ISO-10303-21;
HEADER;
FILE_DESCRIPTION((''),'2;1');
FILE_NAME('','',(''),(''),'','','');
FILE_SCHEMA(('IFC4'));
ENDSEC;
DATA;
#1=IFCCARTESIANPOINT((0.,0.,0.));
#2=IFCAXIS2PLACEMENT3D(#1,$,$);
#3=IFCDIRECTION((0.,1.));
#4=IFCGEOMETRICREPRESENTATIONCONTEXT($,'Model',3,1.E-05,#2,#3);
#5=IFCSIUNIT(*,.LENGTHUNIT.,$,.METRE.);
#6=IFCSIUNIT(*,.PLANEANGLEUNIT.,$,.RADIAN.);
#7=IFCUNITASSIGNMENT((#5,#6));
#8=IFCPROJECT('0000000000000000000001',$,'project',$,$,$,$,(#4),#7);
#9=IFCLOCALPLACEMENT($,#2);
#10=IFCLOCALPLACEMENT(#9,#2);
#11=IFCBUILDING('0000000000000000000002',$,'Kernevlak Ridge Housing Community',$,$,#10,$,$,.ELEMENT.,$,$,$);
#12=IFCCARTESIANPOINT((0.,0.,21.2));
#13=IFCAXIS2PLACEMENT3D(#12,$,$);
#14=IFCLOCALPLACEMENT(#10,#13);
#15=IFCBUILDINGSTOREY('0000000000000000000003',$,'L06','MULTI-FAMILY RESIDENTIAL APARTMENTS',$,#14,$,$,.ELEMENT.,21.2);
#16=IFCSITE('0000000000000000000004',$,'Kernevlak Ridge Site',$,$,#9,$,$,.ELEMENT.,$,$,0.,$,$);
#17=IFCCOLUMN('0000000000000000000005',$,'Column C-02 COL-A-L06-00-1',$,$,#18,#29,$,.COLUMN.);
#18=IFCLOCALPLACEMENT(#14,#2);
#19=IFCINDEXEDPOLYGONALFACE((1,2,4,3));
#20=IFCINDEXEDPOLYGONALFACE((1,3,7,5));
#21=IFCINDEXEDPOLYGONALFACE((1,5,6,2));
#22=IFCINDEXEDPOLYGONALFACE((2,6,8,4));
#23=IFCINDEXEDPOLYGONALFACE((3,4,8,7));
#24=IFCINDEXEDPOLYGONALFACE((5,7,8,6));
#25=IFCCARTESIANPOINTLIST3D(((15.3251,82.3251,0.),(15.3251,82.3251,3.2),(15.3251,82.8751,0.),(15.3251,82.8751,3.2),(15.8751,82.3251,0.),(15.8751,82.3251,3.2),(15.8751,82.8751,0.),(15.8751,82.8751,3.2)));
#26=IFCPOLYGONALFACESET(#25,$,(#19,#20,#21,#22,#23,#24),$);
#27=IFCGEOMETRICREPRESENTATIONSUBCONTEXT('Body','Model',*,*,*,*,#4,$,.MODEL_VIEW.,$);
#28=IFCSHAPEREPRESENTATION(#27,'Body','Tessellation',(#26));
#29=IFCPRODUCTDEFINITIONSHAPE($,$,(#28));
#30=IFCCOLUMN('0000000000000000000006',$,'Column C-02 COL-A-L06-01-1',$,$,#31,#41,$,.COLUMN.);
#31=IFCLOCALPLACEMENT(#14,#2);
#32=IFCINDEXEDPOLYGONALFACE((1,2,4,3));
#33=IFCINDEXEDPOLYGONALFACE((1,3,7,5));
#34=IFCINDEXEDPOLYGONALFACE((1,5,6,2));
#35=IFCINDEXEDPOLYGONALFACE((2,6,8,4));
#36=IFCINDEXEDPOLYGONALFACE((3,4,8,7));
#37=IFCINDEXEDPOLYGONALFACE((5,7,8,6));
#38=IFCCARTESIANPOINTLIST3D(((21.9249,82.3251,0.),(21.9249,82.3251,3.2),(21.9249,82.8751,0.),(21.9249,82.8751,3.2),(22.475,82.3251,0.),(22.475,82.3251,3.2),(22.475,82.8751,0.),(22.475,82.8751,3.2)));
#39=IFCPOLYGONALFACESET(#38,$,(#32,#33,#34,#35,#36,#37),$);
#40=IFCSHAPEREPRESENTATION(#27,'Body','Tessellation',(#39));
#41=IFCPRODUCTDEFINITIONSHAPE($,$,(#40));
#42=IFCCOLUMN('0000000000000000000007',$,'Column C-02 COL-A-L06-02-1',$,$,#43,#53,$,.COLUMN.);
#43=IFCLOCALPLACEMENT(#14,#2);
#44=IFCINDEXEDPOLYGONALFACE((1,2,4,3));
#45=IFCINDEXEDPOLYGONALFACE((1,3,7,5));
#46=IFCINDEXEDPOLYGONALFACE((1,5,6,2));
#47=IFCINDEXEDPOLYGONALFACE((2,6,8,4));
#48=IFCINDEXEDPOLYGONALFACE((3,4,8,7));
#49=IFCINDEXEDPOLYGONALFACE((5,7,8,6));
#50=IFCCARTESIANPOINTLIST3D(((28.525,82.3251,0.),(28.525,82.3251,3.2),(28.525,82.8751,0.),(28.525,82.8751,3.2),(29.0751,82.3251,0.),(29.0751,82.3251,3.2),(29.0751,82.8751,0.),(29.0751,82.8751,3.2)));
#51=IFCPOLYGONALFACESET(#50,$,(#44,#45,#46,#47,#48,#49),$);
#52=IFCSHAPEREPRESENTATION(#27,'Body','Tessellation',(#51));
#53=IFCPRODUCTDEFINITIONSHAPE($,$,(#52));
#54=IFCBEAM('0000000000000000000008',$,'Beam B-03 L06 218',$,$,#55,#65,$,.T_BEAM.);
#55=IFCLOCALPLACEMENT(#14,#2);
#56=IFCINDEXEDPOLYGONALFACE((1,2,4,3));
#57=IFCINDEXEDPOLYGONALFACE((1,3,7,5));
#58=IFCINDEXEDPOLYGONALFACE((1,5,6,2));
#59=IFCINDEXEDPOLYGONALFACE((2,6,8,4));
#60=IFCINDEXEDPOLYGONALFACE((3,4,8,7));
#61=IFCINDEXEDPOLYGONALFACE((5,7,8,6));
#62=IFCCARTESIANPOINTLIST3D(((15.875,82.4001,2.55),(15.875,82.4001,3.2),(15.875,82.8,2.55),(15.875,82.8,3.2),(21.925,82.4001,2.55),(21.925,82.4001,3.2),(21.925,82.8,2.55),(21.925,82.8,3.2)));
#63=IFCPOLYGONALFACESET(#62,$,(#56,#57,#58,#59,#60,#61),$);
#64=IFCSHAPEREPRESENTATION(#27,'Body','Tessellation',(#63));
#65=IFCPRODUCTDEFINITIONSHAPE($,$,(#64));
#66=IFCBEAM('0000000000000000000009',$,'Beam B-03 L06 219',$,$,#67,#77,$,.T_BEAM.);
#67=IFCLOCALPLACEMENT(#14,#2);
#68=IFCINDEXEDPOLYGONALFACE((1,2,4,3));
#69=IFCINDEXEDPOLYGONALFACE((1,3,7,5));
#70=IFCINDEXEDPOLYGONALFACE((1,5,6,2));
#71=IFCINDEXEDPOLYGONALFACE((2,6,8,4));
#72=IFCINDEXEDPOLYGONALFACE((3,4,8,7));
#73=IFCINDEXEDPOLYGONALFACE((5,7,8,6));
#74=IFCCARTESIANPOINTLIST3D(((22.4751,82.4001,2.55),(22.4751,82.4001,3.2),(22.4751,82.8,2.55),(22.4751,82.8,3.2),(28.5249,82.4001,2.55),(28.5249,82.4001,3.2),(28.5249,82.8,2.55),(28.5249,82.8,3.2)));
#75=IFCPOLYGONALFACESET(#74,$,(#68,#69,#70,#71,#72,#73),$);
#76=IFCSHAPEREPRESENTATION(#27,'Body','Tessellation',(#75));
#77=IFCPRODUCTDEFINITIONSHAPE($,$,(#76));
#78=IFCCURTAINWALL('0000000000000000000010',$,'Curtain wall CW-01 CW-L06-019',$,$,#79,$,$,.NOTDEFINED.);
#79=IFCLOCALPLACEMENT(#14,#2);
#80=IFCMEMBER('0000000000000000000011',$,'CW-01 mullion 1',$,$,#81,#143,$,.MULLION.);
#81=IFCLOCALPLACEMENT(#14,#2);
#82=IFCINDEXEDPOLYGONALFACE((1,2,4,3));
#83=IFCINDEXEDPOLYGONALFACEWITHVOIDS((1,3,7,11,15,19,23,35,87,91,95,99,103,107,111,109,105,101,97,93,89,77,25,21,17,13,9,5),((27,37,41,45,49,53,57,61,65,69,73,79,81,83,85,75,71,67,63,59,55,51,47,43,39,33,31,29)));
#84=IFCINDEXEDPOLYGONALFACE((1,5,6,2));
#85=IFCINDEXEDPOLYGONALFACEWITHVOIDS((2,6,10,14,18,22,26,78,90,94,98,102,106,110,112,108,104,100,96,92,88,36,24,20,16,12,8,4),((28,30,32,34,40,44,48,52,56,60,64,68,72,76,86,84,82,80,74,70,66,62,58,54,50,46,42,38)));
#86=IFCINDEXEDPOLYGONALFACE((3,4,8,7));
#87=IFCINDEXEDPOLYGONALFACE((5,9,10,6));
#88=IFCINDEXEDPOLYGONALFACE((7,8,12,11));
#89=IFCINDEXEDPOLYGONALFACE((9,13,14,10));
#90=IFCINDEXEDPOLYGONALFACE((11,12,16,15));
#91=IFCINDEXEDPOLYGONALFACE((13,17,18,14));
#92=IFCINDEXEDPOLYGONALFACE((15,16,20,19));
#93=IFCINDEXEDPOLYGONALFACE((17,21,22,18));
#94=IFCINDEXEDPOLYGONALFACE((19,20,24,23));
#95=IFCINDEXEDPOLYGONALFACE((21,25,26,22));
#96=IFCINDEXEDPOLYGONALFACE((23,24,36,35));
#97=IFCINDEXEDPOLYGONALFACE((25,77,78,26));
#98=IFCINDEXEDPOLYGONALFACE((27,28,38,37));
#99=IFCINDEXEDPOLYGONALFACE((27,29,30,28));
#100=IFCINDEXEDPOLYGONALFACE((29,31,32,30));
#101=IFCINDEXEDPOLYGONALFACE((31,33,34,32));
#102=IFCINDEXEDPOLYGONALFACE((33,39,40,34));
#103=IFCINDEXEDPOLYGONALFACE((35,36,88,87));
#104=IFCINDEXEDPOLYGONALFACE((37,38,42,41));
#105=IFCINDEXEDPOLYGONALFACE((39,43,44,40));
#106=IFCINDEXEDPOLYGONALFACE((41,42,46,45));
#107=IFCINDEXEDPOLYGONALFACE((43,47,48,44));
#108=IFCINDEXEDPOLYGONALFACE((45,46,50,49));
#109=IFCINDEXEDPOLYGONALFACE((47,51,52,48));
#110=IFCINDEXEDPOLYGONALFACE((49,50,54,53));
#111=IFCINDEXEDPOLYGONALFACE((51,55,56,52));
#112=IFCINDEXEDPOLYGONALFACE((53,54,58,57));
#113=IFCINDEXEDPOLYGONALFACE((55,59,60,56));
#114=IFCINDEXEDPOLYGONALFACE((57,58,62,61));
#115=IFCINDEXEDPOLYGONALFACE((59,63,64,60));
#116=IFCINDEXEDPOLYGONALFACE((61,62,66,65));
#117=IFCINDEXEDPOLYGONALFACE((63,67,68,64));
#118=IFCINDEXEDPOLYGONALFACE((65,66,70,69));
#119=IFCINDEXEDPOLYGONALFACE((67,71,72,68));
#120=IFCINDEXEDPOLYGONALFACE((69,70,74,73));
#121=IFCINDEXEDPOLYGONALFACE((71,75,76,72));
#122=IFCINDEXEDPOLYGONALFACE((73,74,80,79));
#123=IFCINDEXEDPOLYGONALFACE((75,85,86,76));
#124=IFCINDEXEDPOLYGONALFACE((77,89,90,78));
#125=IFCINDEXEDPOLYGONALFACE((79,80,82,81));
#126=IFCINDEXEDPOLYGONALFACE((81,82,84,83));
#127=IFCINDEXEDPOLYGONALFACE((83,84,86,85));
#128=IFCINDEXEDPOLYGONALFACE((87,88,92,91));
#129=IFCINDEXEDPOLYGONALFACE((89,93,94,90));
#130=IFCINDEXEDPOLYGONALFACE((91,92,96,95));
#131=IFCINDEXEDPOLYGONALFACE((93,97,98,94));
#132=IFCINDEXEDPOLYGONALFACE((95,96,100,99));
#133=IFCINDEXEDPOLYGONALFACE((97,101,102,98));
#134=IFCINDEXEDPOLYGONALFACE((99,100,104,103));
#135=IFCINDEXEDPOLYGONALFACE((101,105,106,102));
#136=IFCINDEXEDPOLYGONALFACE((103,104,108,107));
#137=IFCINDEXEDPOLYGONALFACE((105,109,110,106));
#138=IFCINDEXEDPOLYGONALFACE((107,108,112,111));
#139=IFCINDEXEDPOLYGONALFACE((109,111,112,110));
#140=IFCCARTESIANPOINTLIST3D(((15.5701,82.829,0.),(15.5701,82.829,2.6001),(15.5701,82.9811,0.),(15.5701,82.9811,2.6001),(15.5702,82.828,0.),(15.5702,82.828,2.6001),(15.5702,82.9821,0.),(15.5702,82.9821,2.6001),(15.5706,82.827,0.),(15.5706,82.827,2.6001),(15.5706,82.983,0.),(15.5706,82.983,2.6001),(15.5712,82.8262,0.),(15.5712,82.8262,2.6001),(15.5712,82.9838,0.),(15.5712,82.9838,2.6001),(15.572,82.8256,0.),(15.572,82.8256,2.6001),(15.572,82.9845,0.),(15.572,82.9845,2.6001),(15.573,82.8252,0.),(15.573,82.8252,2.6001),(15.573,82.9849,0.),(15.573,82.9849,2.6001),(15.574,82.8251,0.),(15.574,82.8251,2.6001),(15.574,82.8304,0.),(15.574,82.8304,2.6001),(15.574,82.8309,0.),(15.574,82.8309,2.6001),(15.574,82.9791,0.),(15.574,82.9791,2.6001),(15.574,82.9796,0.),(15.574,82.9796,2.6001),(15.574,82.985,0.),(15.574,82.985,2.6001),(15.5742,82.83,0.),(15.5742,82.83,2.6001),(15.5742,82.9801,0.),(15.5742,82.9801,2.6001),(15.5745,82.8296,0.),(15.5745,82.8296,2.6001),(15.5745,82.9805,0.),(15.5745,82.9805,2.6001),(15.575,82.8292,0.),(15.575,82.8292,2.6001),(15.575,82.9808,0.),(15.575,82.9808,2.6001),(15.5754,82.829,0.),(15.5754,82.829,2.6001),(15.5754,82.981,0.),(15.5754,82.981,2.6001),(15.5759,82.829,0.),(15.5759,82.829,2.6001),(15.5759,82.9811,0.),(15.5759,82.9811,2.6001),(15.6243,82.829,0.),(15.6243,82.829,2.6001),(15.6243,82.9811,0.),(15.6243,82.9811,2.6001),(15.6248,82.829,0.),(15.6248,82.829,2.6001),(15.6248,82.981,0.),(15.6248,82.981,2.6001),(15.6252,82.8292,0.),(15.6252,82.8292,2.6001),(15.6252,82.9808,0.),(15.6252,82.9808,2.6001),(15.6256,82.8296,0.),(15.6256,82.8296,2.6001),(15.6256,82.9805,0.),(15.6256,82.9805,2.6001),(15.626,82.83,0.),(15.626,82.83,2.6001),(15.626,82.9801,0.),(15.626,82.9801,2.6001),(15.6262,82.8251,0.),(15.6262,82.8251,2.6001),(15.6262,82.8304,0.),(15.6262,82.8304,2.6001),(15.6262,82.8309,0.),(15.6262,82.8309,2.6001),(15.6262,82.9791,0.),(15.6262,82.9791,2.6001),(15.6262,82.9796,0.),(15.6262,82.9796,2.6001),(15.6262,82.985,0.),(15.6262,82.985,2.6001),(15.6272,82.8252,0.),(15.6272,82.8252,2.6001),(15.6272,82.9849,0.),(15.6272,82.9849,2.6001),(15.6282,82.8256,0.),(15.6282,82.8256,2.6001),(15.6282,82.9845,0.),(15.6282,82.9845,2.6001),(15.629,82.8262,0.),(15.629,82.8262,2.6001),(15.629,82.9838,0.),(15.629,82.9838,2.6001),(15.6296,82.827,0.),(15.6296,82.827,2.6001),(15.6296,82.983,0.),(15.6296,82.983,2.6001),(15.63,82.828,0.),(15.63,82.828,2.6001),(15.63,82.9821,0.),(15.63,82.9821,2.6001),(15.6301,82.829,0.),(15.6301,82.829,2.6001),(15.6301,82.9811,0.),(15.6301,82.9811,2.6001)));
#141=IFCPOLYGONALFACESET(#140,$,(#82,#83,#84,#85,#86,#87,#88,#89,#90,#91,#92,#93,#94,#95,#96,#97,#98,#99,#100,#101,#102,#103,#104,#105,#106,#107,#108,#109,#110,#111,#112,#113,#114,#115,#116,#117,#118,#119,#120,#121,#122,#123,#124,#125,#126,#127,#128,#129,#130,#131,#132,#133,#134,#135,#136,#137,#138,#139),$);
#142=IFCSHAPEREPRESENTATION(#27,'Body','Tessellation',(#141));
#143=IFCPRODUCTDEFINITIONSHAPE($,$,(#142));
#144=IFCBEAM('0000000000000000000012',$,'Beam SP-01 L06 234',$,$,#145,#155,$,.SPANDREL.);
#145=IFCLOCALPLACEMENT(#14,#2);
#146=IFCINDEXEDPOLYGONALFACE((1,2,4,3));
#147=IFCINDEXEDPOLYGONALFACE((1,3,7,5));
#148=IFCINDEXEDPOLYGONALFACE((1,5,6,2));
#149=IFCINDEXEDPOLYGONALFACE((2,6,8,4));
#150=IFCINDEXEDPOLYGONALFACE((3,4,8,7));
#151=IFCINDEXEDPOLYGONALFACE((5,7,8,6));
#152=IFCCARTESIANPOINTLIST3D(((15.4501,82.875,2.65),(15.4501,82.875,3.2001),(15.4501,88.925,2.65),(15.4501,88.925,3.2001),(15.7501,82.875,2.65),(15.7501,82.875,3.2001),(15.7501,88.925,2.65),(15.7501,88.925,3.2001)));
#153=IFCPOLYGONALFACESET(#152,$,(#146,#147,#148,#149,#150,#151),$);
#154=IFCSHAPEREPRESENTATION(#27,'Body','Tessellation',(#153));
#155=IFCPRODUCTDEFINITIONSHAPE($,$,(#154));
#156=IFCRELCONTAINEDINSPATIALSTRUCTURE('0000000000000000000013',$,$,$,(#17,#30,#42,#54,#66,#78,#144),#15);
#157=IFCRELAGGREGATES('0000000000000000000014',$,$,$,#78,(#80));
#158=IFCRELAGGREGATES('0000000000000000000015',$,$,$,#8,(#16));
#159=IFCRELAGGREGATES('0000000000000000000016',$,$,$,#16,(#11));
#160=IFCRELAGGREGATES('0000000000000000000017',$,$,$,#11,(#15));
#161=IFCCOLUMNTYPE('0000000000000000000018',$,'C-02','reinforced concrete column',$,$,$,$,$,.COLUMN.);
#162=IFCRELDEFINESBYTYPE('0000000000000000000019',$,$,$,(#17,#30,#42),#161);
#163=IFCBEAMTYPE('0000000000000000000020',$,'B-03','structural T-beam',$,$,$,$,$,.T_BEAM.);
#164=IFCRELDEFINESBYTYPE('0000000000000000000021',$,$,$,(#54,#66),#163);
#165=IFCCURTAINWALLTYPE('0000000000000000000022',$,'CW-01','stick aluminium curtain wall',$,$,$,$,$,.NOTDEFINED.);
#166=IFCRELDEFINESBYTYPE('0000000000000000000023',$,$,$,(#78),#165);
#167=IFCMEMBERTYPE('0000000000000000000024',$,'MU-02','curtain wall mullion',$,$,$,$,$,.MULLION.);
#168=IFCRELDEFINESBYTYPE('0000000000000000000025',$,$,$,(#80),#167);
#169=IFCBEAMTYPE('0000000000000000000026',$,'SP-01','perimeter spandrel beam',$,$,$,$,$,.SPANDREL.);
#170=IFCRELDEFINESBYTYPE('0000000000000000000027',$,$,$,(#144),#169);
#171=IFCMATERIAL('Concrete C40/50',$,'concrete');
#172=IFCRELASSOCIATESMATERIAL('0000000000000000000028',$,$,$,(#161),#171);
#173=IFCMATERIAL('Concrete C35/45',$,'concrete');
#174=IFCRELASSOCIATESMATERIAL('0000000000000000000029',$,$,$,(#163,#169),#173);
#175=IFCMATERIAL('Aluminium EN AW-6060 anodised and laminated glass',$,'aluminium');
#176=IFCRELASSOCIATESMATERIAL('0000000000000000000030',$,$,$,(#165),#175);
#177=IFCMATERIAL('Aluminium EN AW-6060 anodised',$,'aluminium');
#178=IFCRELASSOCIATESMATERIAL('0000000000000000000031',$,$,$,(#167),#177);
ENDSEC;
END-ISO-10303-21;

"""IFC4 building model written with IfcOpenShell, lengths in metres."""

from ifc_helpers import new_model, si_unit, direction, frame, origin, origin_2d, place, context, subcontext, project, spatial, rectangle, hollow_rectangle, extrude, material, material_profile, profile_set, type_object, element, aggregate, save


model = new_model("IFC4")

# Units and contexts
model_context = context("Model", 3, precision=1e-05, world=origin(), true_north=direction((0.0, 1.0)))
body_context = subcontext(model_context, "Body", "Model", "MODEL_VIEW")
ifc_project = project(units=[si_unit("LENGTHUNIT", "METRE"), si_unit("PLANEANGLEUNIT", "RADIAN")], contexts=[model_context])

# Site, building, storey
site_placement = place(None, origin())
site = spatial("IfcSite", under=ifc_project, at=site_placement, Name="Kernevlak Ridge Site", CompositionType="ELEMENT", RefElevation=0.0)
building_placement = place(site_placement, origin())
building = spatial("IfcBuilding", under=site, at=building_placement, Name="Kernevlak Ridge Housing Community", CompositionType="ELEMENT")
storey_placement = place(building_placement, frame((0.0, 0.0, 21.2)))
storey = spatial("IfcBuildingStorey", under=building, at=storey_placement, Name="L06", Description="MULTI-FAMILY RESIDENTIAL APARTMENTS", CompositionType="ELEMENT", Elevation=21.2)

# Columns
ifc_material_1 = material(Name="Concrete C40/50", Category="concrete")
ifc_material_profile_1 = material_profile(ifc_material_1, rectangle(XDim=0.55, YDim=0.55, at=origin_2d()), Name="RC 550x550")
ifc_profile_set_1 = profile_set([ifc_material_profile_1], Name="Concrete C40/50")
column_type = type_object("IfcColumnType", Name="C-02", Description="reinforced concrete column", PredefinedType="COLUMN", material=ifc_profile_set_1)
for number, where, z_axis, x_axis, name in (
    (1, (15.6001, 82.6001, 0.0), (0.0, 0.0, 1.0), (1.0, 0.0, 0.0), "Column C-02 COL-A-L06-00-1"),
    (2, (22.2, 82.6001, 0.0), (0.0, 0.0, 1.0), (1.0, 0.0, 0.0), "Column C-02 COL-A-L06-01-1"),
    (3, (28.8, 82.6001, 0.0), (0.0, 0.0, 1.0), (1.0, 0.0, 0.0), "Column C-02 COL-A-L06-02-1"),
):
    element("IfcColumn", number, at=place(storey_placement, frame(where, z_axis=z_axis, x_axis=x_axis)), inside=storey, type_object=column_type, Name=name, PredefinedType="COLUMN", context=body_context, shape_type="SweptSolid", body=[
        extrude(rectangle(XDim=0.55, YDim=0.55, at=origin_2d()), origin(), (0.0, 0.0, 1.0), 3.2),
    ])

# Beams
ifc_material_2 = material(Name="Concrete C35/45", Category="concrete")
ifc_material_profile_2 = material_profile(ifc_material_2, rectangle(XDim=0.3999, YDim=0.6499, at=origin_2d()), Name="RC 400x650")
ifc_profile_set_2 = profile_set([ifc_material_profile_2], Name="Concrete C35/45")
beam_type_1 = type_object("IfcBeamType", Name="B-03", Description="structural T-beam", PredefinedType="T_BEAM", material=ifc_profile_set_2)
beam_1_placement = place(storey_placement, frame((15.875, 82.6001, 2.875), z_axis=(1.0, 0.0, 0.0), x_axis=(0.0, 1.0, 0.0)))
element("IfcBeam", 4, at=beam_1_placement, inside=storey, type_object=beam_type_1, Name="Beam B-03 L06 218", PredefinedType="T_BEAM", context=body_context, shape_type="SweptSolid", body=[
    extrude(rectangle(XDim=0.3999, YDim=0.6499, at=origin_2d()), origin(), (0.0, 0.0, 1.0), 6.05),
])
beam_2_placement = place(storey_placement, frame((22.4751, 82.6001, 2.875), z_axis=(1.0, 0.0, 0.0), x_axis=(0.0, 1.0, 0.0)))
element("IfcBeam", 5, at=beam_2_placement, inside=storey, type_object=beam_type_1, Name="Beam B-03 L06 219", PredefinedType="T_BEAM", context=body_context, shape_type="SweptSolid", body=[
    extrude(rectangle(XDim=0.3999, YDim=0.6499, at=origin_2d()), origin(), (0.0, 0.0, 1.0), 6.0498),
])

# Curtain wall, member
ifc_material_3 = material(Name="Aluminium EN AW-6060 anodised and laminated glass", Category="aluminium")
curtain_wall_type = type_object("IfcCurtainWallType", Name="CW-01", Description="stick aluminium curtain wall", PredefinedType="NOTDEFINED", material=ifc_material_3)
curtain_wall_placement = place(storey_placement, origin())
curtain_wall = element("IfcCurtainWall", 6, at=curtain_wall_placement, inside=storey, type_object=curtain_wall_type, Name="Curtain wall CW-01 CW-L06-019", PredefinedType="NOTDEFINED")
ifc_material_4 = material(Name="Aluminium EN AW-6060 anodised", Category="aluminium")
ifc_material_profile_3 = material_profile(ifc_material_4, hollow_rectangle(XDim=0.0601, YDim=0.1599, WallThickness=0.0039, InnerFilletRadius=0.002, OuterFilletRadius=0.0039, at=origin_2d()), Name="ALU 60x160x4")
ifc_profile_set_3 = profile_set([ifc_material_profile_3], Name="Aluminium EN AW-6060 anodised")
member_type_1 = type_object("IfcMemberType", Name="MU-02", Description="curtain wall mullion", PredefinedType="MULLION", material=ifc_profile_set_3)
member_1_placement = place(storey_placement, frame((15.6001, 82.905, 0.0), z_axis=(0.0, 0.0, 1.0), x_axis=(-1.0, 0.0, 0.0)))
member_1 = element("IfcMember", 7, at=member_1_placement, type_object=member_type_1, Name="CW-01 mullion 1", PredefinedType="MULLION", context=body_context, shape_type="SweptSolid", body=[
    extrude(hollow_rectangle(XDim=0.0601, YDim=0.1599, WallThickness=0.0039, InnerFilletRadius=0.002, OuterFilletRadius=0.0039, at=origin_2d()), origin(), (0.0, 0.0, 1.0), 2.6001),
])

# Beam
ifc_material_profile_4 = material_profile(ifc_material_2, rectangle(XDim=0.3, YDim=0.55, at=origin_2d()), Name="RC 300x550")
ifc_profile_set_4 = profile_set([ifc_material_profile_4], Name="Concrete C35/45")
beam_type_2 = type_object("IfcBeamType", Name="SP-01", Description="perimeter spandrel beam", PredefinedType="SPANDREL", material=ifc_profile_set_4)
beam_3_placement = place(storey_placement, frame((15.6001, 82.875, 2.925), z_axis=(0.0, 1.0, 0.0), x_axis=(-1.0, 0.0, 0.0)))
element("IfcBeam", 8, at=beam_3_placement, inside=storey, type_object=beam_type_2, Name="Beam SP-01 L06 234", PredefinedType="SPANDREL", context=body_context, shape_type="SweptSolid", body=[
    extrude(rectangle(XDim=0.3, YDim=0.55, at=origin_2d()), origin(), (0.0, 0.0, 1.0), 6.05),
])

aggregate(curtain_wall, [member_1])

save(model, "model.ifc")
